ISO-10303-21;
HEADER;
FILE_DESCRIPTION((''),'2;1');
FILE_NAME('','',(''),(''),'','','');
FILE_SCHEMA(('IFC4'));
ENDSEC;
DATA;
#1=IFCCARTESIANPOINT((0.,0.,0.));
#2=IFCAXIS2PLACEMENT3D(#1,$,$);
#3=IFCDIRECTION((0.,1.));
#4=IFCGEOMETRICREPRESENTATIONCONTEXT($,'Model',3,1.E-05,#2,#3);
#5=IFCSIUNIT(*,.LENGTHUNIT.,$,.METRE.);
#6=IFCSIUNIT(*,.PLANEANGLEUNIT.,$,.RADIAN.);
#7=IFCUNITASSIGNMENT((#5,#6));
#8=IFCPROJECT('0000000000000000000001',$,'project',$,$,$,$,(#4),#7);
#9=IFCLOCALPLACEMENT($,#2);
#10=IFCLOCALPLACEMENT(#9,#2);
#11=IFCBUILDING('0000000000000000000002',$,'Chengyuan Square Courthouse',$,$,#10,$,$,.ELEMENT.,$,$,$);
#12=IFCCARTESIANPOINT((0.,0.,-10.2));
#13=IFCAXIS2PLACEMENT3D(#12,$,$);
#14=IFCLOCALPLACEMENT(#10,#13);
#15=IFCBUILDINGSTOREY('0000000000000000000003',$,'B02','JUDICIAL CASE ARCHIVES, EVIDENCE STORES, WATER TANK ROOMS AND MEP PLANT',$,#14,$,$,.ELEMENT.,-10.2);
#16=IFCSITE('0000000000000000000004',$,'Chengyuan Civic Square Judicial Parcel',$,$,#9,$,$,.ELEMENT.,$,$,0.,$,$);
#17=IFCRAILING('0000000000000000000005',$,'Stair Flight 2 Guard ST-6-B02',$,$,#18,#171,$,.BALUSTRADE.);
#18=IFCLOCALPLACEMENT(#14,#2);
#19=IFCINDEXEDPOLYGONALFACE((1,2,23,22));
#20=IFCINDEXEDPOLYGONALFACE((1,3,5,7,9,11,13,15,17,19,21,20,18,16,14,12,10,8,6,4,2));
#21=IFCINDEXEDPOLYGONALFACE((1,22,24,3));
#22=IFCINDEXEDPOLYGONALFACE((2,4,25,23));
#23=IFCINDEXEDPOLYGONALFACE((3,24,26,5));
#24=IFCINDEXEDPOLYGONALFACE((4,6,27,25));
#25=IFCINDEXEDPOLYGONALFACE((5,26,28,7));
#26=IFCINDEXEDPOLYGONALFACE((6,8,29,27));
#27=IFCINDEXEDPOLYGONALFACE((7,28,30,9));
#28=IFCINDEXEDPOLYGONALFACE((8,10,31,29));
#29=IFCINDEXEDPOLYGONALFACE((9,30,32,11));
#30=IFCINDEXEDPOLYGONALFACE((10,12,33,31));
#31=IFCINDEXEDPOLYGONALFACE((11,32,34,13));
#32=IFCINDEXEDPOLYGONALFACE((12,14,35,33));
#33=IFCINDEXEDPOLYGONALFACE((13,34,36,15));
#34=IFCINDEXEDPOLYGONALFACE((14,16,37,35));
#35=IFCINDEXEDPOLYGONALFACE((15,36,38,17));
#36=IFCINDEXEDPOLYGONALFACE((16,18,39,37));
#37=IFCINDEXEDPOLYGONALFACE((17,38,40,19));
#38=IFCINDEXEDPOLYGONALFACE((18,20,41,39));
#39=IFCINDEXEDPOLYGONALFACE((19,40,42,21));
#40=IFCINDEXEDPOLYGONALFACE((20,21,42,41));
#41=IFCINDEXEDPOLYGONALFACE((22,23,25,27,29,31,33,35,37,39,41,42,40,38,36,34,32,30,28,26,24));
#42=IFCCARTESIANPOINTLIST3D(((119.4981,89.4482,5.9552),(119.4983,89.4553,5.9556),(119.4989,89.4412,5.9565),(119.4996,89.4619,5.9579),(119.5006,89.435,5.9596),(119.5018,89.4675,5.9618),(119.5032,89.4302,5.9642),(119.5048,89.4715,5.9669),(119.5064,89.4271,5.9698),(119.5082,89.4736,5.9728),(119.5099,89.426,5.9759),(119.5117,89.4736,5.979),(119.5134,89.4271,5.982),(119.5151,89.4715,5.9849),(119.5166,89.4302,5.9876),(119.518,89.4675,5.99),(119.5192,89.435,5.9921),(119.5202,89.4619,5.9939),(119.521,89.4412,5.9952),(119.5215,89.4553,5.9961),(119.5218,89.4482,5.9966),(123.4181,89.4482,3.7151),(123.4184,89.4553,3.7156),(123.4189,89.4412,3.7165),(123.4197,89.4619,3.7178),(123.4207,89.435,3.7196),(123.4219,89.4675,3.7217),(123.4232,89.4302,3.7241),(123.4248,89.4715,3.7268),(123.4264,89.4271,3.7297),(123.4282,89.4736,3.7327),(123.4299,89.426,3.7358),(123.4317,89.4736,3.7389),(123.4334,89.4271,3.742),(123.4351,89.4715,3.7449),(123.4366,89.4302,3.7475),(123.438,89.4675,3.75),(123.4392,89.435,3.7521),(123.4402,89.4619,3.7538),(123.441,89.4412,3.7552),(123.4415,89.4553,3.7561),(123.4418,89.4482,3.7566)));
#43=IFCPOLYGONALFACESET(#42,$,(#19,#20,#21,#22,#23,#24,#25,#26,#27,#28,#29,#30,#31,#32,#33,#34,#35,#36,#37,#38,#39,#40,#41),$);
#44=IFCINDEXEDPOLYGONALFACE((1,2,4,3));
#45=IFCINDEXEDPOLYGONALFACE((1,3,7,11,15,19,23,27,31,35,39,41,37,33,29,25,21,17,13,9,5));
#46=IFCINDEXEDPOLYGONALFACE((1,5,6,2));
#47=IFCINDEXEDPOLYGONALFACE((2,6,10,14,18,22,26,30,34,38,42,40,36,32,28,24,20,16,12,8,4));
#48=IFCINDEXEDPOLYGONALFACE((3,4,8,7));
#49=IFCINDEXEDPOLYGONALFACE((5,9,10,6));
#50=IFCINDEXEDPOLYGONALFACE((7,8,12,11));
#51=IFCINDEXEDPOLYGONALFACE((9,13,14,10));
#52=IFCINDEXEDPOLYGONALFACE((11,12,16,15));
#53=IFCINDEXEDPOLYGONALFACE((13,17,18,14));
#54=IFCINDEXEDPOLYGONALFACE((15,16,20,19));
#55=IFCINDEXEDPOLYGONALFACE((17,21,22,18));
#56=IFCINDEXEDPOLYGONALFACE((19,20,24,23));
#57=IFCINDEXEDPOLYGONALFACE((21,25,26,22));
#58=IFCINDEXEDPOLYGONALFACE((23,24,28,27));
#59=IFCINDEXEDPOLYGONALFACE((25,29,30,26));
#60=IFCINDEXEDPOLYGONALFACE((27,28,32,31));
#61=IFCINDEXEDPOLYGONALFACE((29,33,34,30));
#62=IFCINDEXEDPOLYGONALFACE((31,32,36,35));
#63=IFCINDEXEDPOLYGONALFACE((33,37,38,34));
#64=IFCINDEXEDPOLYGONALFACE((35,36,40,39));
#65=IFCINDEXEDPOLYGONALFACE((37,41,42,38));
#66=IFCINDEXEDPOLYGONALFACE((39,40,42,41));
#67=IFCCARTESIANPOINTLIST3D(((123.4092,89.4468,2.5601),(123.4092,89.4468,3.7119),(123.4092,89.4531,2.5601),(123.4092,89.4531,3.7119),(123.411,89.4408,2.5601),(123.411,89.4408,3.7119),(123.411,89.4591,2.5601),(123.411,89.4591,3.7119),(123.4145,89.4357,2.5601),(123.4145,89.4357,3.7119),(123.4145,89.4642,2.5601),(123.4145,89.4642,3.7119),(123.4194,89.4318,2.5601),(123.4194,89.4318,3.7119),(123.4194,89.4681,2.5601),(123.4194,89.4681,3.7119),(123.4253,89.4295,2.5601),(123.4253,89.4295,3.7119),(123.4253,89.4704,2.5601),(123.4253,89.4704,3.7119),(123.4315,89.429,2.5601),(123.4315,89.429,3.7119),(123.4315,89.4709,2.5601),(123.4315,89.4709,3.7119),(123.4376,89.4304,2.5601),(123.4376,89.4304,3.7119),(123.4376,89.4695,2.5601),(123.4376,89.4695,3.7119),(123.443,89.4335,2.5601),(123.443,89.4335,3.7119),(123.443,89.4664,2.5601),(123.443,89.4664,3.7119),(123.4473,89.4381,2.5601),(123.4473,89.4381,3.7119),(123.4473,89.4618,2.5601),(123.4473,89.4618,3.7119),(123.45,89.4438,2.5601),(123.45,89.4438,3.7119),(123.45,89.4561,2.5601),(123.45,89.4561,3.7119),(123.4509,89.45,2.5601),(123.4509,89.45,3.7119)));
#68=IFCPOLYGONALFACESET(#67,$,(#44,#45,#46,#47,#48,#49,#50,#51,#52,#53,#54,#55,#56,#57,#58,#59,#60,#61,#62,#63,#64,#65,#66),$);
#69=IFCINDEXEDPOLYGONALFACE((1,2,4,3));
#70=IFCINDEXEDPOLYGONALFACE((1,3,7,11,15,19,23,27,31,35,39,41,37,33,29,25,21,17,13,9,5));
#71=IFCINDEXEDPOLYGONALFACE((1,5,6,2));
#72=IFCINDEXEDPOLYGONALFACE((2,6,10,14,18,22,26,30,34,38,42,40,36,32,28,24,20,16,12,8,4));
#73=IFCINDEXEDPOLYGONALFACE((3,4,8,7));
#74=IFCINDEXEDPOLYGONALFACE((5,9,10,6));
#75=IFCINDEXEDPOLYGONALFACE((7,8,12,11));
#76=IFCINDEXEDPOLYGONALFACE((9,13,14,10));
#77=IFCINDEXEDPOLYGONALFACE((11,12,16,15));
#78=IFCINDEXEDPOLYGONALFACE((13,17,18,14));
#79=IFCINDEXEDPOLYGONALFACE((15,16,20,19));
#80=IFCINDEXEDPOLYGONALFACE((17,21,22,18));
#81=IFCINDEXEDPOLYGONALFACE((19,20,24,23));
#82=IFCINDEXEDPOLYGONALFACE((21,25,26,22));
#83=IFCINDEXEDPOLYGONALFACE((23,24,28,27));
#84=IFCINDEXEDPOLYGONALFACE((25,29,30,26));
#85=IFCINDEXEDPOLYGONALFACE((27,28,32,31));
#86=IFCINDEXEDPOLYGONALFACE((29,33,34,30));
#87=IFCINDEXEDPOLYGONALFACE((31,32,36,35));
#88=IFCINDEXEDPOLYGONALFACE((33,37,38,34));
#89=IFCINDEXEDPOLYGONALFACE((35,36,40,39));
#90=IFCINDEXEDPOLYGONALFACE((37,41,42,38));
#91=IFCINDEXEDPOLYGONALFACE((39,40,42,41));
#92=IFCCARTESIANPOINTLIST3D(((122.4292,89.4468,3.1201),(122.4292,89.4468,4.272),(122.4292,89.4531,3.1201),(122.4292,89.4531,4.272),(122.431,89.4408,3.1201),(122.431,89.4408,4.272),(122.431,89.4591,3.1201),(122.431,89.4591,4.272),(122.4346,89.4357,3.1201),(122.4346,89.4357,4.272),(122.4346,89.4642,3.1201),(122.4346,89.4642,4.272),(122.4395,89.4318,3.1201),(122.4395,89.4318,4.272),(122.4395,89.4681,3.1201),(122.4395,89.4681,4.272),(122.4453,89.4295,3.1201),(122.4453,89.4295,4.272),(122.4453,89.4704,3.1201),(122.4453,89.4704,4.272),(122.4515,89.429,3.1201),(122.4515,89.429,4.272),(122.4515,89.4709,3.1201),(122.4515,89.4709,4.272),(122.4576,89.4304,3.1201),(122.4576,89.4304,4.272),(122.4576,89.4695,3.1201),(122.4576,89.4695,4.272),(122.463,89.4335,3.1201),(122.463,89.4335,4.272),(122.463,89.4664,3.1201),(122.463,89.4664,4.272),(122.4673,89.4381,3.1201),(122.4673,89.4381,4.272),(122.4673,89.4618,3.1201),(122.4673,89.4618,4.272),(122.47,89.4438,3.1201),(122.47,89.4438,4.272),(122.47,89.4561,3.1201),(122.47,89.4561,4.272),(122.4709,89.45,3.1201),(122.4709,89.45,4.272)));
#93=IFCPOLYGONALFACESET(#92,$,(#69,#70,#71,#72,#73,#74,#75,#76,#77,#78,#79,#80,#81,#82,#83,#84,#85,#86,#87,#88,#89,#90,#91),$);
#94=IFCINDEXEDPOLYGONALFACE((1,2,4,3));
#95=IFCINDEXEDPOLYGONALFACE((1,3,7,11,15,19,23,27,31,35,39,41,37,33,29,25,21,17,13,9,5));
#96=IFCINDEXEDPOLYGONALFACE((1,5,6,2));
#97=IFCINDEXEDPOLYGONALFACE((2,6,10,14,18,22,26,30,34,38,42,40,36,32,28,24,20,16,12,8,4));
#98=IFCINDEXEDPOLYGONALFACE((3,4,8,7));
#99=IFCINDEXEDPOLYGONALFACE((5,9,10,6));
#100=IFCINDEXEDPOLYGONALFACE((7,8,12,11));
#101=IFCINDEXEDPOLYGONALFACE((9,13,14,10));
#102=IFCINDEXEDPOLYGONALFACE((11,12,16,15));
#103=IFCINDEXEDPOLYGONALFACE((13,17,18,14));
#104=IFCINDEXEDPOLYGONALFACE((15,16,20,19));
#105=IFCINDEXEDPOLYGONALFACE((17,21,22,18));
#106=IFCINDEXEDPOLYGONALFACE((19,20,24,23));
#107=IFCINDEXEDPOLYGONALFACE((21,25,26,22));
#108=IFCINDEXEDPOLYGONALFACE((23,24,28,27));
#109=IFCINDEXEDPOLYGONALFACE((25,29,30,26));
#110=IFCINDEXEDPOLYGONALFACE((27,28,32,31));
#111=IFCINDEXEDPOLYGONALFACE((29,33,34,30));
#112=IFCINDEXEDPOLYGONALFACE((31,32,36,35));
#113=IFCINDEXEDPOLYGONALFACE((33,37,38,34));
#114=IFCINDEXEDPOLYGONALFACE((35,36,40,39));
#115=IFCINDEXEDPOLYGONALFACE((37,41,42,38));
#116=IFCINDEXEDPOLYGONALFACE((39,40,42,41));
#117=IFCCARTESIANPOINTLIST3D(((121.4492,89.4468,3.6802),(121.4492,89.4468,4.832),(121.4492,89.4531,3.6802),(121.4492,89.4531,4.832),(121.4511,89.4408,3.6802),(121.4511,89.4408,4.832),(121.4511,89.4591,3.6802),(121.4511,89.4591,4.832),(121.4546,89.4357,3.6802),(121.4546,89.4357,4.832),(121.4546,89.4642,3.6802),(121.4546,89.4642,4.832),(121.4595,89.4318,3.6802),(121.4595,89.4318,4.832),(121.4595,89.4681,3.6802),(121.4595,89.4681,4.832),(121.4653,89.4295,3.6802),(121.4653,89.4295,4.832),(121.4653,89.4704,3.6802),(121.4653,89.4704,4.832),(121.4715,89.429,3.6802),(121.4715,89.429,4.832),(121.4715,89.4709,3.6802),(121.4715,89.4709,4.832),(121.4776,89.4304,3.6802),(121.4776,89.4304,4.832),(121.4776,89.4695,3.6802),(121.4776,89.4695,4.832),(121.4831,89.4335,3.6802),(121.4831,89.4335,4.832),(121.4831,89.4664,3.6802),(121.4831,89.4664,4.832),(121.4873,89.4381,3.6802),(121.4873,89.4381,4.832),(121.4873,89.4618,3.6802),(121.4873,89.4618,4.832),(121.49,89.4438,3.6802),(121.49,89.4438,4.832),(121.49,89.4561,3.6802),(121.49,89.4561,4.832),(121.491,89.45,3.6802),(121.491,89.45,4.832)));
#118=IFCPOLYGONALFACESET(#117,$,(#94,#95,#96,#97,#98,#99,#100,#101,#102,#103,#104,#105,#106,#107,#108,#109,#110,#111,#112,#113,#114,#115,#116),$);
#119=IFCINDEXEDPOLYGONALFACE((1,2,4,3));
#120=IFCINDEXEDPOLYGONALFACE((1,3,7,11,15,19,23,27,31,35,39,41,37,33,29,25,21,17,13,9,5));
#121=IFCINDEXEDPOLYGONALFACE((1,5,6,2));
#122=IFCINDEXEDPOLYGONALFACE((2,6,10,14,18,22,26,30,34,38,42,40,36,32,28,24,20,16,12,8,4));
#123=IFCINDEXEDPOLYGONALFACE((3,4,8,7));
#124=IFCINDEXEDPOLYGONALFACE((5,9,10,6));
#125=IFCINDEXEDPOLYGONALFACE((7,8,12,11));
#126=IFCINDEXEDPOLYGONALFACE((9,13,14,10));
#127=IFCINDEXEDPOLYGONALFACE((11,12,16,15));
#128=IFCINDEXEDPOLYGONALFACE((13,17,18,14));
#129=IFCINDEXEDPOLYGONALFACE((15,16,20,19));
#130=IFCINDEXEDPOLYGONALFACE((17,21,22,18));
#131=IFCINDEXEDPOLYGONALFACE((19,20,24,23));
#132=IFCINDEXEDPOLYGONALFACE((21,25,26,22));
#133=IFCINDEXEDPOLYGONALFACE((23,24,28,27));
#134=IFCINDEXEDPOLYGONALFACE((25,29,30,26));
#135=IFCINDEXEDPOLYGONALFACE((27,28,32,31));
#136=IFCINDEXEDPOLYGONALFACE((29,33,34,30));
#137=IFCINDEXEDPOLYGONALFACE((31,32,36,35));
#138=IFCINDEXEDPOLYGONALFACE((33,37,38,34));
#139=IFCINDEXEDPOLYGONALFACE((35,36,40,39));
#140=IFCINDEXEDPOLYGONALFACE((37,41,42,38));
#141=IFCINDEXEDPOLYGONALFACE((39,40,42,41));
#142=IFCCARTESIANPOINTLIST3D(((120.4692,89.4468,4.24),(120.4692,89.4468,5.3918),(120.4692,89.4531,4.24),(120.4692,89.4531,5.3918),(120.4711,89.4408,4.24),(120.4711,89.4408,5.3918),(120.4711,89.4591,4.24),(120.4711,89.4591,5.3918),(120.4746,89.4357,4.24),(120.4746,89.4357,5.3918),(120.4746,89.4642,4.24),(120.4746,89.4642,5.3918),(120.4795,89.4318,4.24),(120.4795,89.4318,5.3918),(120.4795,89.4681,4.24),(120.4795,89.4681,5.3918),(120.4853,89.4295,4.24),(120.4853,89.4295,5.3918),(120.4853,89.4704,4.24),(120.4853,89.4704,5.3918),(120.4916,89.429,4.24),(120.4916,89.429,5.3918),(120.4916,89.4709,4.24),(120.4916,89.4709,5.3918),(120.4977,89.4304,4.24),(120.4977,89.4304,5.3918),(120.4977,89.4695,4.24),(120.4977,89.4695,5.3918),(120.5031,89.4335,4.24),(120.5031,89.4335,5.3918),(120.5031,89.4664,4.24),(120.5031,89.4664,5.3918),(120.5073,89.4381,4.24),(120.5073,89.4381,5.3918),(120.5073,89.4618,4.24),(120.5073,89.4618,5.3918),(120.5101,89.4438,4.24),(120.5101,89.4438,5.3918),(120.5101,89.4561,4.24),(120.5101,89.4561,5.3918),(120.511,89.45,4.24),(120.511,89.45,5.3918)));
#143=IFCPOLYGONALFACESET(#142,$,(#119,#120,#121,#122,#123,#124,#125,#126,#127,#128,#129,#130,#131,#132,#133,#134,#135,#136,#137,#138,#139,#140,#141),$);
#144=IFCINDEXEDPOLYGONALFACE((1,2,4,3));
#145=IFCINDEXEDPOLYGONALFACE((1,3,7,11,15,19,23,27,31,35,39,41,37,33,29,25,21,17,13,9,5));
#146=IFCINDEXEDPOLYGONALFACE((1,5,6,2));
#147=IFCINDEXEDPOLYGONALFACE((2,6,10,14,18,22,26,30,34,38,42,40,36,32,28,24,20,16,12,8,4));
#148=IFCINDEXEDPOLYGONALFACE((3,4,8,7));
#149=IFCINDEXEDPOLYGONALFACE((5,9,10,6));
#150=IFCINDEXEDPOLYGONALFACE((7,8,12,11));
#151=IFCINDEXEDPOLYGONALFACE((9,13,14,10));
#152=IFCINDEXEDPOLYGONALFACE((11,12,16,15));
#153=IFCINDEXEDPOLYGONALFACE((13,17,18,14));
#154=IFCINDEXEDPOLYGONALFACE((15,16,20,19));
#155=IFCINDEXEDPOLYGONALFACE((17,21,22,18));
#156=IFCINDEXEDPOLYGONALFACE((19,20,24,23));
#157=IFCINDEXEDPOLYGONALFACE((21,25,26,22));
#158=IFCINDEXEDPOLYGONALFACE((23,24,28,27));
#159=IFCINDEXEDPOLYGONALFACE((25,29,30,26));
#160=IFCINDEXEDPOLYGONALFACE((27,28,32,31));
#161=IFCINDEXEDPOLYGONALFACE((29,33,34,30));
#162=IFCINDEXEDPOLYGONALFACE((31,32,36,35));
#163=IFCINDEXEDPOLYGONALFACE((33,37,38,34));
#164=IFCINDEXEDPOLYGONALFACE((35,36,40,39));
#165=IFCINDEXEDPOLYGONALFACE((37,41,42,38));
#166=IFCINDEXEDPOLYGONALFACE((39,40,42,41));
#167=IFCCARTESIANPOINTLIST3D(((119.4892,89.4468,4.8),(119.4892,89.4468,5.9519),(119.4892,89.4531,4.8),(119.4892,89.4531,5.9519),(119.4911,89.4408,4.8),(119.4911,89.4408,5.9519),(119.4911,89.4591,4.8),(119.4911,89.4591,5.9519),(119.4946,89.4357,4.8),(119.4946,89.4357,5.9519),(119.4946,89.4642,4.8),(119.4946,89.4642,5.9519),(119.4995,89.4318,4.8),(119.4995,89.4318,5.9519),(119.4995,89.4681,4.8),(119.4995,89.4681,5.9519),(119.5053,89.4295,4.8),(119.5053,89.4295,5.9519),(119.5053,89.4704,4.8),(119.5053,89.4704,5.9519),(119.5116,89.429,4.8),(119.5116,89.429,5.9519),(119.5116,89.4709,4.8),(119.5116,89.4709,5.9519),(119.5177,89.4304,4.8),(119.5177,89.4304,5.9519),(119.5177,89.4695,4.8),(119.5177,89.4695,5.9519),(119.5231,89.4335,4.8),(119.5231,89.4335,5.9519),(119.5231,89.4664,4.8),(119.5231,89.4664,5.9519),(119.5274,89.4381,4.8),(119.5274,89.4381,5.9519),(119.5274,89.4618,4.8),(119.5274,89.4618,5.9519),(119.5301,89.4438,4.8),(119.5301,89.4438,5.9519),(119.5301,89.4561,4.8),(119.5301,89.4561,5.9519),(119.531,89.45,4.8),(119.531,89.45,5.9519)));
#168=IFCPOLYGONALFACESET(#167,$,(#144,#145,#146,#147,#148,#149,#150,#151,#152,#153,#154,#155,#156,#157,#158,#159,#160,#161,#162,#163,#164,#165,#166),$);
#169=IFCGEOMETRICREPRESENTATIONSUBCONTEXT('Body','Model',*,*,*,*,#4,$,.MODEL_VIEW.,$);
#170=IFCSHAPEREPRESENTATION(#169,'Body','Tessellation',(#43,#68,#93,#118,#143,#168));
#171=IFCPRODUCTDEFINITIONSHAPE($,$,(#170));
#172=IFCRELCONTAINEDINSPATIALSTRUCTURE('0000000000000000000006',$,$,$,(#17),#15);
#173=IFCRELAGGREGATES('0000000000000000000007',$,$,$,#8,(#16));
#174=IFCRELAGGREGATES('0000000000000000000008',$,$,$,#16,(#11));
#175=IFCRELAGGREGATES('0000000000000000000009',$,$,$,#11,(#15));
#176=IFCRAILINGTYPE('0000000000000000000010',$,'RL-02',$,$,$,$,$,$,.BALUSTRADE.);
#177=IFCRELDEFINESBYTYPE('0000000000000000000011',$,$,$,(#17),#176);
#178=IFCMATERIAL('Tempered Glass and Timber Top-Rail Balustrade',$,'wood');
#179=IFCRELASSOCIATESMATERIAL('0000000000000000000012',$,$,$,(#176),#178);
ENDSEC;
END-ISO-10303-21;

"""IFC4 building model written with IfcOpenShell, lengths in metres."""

from ifc_helpers import new_model, si_unit, direction, frame, origin, origin_2d, place, context, subcontext, project, spatial, circle, extrude, material, type_object, element, save


model = new_model("IFC4")

# Units and contexts
model_context = context("Model", 3, precision=1e-05, world=origin(), true_north=direction((0.0, 1.0)))
body_context = subcontext(model_context, "Body", "Model", "MODEL_VIEW")
ifc_project = project(units=[si_unit("LENGTHUNIT", "METRE"), si_unit("PLANEANGLEUNIT", "RADIAN")], contexts=[model_context])

# Site, building, storey
site_placement = place(None, origin())
site = spatial("IfcSite", under=ifc_project, at=site_placement, Name="Chengyuan Civic Square Judicial Parcel", CompositionType="ELEMENT", RefElevation=0.0)
building_placement = place(site_placement, origin())
building = spatial("IfcBuilding", under=site, at=building_placement, Name="Chengyuan Square Courthouse", CompositionType="ELEMENT")
storey_placement = place(building_placement, frame((0.0, 0.0, -10.2)))
storey = spatial("IfcBuildingStorey", under=building, at=storey_placement, Name="B02", Description="JUDICIAL CASE ARCHIVES, EVIDENCE STORES, WATER TANK ROOMS AND MEP PLANT", CompositionType="ELEMENT", Elevation=-10.2)

# Railing
ifc_material_1 = material(Name="Tempered Glass and Timber Top-Rail Balustrade", Category="wood")
railing_type_1 = type_object("IfcRailingType", Name="RL-02", PredefinedType="BALUSTRADE", material=ifc_material_1)
railing_1_placement = place(storey_placement, frame((123.4299, 89.45, 2.5601)))
element("IfcRailing", 1, at=railing_1_placement, inside=storey, type_object=railing_type_1, Name="Stair Flight 2 Guard ST-6-B02", PredefinedType="BALUSTRADE", context=body_context, shape_type="SweptSolid", body=[
    extrude(circle(Radius=0.0239, at=origin_2d()), frame((0.0, 0.0, 1.1758), z_axis=(-0.86824, 0.0, 0.496145), x_axis=(0.0, -1.0, 0.0)), (0.0, 0.0, 1.0), 4.5149),
    extrude(circle(Radius=0.021, at=origin_2d()), origin(), (0.0, 0.0, 1.0), 1.1519),
    extrude(circle(Radius=0.021, at=origin_2d()), frame((-0.98, 0.0, 0.5601)), (0.0, 0.0, 1.0), 1.1519),
    extrude(circle(Radius=0.021, at=origin_2d()), frame((-1.96, 0.0, 1.1201)), (0.0, 0.0, 1.0), 1.1519),
    extrude(circle(Radius=0.021, at=origin_2d()), frame((-2.9399, 0.0, 1.6799)), (0.0, 0.0, 1.0), 1.1519),
    extrude(circle(Radius=0.021, at=origin_2d()), frame((-3.9199, 0.0, 2.24)), (0.0, 0.0, 1.0), 1.1519),
])

save(model, "model.ifc")
